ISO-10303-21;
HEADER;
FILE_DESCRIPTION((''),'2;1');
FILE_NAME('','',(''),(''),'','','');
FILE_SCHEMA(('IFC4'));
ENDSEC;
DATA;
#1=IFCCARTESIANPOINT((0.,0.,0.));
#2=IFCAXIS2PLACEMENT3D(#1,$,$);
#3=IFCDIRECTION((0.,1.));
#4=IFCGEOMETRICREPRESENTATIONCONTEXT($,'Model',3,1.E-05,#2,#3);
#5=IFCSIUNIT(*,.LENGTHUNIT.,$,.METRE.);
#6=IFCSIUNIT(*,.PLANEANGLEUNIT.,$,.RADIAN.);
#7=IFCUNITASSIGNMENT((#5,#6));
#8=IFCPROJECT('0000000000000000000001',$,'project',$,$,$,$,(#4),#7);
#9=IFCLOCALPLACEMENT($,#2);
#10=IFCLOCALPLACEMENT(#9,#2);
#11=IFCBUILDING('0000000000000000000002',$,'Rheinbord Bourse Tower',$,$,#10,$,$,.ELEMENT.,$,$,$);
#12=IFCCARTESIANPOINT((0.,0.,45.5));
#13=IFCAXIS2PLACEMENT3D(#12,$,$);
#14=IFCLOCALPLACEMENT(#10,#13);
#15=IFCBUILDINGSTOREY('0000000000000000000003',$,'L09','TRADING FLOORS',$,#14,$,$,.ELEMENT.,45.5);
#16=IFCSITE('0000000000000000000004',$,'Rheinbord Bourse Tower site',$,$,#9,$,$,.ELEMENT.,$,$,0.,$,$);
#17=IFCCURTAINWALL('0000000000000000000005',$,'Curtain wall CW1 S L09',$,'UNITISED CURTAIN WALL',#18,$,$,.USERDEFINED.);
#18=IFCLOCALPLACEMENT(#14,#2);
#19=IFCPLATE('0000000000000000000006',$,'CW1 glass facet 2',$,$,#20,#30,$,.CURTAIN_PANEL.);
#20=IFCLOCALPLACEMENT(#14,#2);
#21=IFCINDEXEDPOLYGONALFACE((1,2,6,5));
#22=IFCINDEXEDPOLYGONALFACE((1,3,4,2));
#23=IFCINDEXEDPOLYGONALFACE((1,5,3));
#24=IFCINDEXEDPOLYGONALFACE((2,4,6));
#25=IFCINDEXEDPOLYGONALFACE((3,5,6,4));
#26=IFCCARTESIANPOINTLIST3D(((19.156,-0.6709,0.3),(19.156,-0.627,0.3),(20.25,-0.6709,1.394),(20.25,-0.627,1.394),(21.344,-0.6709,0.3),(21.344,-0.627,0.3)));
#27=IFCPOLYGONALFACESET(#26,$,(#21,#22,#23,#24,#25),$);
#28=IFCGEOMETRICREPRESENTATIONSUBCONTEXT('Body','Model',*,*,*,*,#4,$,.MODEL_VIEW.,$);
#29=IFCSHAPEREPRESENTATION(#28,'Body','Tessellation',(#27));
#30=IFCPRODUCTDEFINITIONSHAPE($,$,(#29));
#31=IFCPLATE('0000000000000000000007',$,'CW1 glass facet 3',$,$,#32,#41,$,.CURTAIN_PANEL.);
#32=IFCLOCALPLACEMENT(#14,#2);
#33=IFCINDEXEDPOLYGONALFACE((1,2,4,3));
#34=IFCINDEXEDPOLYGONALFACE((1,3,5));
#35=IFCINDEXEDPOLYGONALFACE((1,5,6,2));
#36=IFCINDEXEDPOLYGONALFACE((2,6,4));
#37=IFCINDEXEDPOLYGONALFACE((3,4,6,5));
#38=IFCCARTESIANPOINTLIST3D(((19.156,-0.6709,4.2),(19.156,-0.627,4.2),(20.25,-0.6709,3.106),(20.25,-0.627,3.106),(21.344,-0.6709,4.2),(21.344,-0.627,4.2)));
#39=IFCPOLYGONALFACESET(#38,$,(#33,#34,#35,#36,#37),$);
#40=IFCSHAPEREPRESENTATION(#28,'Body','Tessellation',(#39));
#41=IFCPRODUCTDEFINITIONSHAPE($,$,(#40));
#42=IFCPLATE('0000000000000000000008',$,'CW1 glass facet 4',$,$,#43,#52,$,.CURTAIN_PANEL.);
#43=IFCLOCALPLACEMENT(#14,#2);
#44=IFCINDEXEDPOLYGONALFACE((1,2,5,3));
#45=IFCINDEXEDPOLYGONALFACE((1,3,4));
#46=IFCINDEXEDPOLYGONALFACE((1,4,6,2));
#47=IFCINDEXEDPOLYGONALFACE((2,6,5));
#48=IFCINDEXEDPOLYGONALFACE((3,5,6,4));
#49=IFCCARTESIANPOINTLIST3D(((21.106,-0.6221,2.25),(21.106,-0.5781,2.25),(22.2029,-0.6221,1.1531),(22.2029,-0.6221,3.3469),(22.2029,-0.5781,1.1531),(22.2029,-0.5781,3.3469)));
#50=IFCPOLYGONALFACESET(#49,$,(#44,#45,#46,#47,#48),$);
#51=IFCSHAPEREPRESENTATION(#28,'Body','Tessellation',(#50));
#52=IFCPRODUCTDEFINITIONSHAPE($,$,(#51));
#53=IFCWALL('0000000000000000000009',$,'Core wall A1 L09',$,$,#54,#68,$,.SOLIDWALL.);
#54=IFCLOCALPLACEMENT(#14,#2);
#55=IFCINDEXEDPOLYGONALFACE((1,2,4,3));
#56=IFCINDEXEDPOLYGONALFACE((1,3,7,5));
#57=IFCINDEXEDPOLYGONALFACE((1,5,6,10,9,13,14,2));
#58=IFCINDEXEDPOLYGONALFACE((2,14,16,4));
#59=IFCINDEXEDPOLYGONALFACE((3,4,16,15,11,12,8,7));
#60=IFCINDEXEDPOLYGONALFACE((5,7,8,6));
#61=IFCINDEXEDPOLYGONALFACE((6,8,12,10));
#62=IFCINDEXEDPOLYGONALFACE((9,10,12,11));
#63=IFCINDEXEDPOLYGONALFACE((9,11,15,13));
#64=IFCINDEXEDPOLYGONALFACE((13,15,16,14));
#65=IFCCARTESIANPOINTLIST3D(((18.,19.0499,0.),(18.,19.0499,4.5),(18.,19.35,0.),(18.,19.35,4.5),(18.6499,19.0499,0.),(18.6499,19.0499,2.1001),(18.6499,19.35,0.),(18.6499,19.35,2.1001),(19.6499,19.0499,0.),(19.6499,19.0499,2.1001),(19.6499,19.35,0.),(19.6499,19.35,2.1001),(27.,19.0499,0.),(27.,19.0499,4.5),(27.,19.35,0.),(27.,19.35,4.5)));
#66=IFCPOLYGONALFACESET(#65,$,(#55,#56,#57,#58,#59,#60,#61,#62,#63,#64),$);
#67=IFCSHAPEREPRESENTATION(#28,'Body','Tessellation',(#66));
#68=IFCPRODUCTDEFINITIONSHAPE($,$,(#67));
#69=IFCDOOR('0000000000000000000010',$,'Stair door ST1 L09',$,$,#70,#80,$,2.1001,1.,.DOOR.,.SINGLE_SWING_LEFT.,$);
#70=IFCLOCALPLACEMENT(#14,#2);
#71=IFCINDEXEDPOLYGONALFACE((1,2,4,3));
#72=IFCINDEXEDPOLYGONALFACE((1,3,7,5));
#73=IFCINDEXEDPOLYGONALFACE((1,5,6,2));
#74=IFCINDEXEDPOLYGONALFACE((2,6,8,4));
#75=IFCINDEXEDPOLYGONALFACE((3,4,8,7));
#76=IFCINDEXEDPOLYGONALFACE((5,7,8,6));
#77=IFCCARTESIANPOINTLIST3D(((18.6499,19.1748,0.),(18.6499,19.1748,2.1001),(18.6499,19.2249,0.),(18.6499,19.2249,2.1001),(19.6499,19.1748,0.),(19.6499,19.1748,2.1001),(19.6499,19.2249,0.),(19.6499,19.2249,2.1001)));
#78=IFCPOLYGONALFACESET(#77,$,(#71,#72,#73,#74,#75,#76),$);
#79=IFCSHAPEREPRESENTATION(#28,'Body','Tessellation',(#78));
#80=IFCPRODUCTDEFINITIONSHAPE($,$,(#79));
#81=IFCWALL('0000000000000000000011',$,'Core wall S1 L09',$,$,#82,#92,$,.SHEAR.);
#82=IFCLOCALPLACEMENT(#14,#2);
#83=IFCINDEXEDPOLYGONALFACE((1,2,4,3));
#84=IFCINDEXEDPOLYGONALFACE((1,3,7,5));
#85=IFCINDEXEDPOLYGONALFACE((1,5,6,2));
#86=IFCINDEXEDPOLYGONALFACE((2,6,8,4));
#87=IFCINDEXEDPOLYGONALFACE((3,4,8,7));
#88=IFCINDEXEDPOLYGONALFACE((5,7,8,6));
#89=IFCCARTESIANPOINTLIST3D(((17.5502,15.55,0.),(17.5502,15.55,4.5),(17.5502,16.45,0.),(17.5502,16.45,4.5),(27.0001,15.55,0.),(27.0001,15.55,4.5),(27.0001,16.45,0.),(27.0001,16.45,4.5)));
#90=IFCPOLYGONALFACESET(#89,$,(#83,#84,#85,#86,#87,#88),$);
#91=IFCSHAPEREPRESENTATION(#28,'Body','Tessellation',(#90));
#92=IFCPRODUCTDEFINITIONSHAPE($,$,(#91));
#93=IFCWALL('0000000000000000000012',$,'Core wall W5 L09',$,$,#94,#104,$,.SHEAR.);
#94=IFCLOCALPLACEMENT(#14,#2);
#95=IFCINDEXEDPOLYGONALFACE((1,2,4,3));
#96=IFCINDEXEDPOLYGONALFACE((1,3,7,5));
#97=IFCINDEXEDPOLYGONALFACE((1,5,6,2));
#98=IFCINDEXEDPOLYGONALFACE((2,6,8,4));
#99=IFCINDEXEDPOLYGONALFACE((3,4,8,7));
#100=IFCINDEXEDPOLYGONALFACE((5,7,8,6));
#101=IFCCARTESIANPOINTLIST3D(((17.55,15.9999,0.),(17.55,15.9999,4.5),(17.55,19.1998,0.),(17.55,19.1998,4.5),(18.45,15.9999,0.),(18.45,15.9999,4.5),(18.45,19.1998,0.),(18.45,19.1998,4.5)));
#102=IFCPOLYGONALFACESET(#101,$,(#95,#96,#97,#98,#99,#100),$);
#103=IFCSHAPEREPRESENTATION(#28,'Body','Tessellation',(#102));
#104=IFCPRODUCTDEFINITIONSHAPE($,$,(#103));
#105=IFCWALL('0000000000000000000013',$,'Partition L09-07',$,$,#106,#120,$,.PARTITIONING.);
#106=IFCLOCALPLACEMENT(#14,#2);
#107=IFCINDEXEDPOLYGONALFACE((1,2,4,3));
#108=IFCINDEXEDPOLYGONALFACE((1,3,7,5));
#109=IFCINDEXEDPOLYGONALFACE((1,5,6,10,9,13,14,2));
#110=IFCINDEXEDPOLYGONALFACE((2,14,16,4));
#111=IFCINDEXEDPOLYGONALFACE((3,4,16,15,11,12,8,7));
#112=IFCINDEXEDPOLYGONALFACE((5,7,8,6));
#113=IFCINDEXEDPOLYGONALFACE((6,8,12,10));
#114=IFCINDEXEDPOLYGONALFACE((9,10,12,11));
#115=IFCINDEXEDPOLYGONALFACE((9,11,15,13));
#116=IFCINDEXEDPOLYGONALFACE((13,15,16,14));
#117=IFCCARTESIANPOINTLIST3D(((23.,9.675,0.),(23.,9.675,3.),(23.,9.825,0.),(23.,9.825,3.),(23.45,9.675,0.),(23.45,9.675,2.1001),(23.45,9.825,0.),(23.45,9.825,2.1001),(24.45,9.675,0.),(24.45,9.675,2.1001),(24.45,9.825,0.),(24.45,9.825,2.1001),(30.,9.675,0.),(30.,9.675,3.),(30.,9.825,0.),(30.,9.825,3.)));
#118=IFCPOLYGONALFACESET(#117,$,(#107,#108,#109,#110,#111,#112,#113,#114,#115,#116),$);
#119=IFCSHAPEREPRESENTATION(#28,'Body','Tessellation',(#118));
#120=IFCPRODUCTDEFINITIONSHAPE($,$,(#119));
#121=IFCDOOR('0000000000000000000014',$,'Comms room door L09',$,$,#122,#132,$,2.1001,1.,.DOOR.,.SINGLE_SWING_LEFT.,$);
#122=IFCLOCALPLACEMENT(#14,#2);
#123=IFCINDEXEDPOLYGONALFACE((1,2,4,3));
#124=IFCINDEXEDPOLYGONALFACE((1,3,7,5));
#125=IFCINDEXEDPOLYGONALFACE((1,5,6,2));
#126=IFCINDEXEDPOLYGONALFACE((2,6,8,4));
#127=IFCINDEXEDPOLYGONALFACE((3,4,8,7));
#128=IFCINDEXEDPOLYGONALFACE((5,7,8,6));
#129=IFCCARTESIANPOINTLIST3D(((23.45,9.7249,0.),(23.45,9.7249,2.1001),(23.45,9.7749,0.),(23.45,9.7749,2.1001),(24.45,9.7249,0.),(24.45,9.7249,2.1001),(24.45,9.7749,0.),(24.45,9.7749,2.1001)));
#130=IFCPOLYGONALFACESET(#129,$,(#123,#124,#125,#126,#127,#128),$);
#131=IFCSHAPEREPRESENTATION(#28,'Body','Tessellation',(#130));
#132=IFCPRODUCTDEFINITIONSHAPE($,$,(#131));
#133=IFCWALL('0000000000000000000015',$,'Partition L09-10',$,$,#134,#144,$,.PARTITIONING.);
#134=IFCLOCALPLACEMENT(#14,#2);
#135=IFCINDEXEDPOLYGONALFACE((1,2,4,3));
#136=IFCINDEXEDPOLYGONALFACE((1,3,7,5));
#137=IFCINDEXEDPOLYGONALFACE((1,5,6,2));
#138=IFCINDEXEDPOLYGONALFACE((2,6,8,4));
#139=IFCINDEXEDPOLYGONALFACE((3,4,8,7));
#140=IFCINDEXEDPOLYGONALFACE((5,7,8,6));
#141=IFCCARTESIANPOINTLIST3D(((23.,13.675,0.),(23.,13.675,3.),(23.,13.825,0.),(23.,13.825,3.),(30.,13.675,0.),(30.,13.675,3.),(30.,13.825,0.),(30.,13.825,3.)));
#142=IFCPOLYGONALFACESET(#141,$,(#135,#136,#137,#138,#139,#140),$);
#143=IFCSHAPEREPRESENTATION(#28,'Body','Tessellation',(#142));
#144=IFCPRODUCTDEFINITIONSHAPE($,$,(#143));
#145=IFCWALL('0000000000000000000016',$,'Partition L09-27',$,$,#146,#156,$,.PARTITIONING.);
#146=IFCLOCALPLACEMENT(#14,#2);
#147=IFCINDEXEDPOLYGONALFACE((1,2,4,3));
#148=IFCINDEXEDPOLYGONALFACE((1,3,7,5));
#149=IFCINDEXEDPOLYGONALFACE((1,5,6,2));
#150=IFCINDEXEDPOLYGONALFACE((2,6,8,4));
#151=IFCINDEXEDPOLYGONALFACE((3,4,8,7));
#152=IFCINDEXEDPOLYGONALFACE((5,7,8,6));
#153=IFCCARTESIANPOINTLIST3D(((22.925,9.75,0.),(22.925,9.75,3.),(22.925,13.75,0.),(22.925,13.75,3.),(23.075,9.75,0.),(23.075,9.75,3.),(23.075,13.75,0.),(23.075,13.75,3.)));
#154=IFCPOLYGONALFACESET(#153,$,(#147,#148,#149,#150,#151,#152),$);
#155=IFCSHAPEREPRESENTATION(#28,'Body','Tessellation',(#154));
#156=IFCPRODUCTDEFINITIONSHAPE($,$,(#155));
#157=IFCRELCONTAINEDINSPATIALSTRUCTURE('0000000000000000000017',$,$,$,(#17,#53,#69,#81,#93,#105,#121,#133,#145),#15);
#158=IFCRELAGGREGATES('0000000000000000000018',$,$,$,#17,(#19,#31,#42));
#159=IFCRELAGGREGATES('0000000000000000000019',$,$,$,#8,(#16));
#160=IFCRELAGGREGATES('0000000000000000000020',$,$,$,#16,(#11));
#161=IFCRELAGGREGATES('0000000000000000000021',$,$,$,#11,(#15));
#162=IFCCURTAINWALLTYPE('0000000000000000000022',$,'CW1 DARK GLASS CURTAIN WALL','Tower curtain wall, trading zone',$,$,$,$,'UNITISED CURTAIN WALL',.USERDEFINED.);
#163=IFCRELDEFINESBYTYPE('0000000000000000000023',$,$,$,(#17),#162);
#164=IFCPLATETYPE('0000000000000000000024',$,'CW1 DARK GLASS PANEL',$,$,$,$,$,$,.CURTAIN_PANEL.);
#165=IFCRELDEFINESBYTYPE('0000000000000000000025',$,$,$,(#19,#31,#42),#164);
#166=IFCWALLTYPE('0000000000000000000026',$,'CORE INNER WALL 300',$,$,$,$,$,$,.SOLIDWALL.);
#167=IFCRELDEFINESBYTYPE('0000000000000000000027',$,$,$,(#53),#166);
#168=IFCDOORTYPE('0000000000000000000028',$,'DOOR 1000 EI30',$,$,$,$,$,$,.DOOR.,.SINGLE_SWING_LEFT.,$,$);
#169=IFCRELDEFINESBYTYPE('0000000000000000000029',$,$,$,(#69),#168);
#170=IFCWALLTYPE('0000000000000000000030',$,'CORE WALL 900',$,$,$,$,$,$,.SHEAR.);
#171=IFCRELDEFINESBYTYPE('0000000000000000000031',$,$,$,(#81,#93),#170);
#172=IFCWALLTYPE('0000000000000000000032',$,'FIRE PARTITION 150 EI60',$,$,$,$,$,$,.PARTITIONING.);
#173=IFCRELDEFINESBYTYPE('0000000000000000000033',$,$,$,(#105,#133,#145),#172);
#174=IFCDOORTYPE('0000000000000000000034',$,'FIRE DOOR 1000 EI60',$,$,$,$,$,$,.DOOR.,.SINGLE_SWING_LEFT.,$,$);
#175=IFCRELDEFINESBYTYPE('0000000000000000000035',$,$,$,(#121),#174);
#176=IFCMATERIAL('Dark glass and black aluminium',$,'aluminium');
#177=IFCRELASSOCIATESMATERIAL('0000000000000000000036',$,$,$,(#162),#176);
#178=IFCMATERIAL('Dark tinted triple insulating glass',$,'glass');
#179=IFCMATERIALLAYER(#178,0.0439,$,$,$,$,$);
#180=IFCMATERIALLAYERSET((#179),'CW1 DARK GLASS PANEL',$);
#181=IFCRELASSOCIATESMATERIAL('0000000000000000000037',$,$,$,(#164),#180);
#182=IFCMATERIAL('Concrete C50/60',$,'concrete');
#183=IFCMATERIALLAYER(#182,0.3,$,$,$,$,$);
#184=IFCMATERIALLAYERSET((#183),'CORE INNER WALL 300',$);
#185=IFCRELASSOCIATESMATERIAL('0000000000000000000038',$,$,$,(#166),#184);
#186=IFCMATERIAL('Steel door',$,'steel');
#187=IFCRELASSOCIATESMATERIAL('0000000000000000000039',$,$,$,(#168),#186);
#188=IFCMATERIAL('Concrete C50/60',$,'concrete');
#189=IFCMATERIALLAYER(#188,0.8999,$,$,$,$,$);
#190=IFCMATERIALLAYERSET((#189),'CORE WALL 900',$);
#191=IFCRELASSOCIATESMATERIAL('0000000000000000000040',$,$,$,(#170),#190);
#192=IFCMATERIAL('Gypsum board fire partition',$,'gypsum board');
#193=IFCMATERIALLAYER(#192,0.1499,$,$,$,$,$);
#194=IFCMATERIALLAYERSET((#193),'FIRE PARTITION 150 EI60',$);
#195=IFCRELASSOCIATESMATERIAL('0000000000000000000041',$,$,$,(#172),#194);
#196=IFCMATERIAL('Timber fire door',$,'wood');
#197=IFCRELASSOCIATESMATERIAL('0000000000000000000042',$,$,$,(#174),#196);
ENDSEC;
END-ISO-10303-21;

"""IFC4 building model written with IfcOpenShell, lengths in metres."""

from ifc_helpers import new_model, si_unit, direction, frame, frame_2d, origin, place, context, subcontext, project, spatial, polyline, rectangle, outline, extrude, material, layer, layer_set, type_object, element, fill, aggregate, save


model = new_model("IFC4")

# Units and contexts
model_context = context("Model", 3, precision=1e-05, world=origin(), true_north=direction((0.0, 1.0)))
body_context = subcontext(model_context, "Body", "Model", "MODEL_VIEW")
ifc_project = project(units=[si_unit("LENGTHUNIT", "METRE"), si_unit("PLANEANGLEUNIT", "RADIAN")], contexts=[model_context])

# Site, building, storey
site_placement = place(None, origin())
site = spatial("IfcSite", under=ifc_project, at=site_placement, Name="Rheinbord Bourse Tower site", CompositionType="ELEMENT", RefElevation=0.0)
building_placement = place(site_placement, origin())
building = spatial("IfcBuilding", under=site, at=building_placement, Name="Rheinbord Bourse Tower", CompositionType="ELEMENT")
storey_placement = place(building_placement, frame((0.0, 0.0, 45.5)))
storey = spatial("IfcBuildingStorey", under=building, at=storey_placement, Name="L09", Description="TRADING FLOORS", CompositionType="ELEMENT", Elevation=45.5)

# Curtain wall
ifc_material_1 = material(Name="Dark glass and black aluminium", Category="aluminium")
curtain_wall_type = type_object("IfcCurtainWallType", Name="CW1 DARK GLASS CURTAIN WALL", Description="Tower curtain wall, trading zone", ElementType="UNITISED CURTAIN WALL", PredefinedType="USERDEFINED", material=ifc_material_1)
curtain_wall_placement = place(storey_placement, origin())
curtain_wall = element("IfcCurtainWall", 1, at=curtain_wall_placement, inside=storey, type_object=curtain_wall_type, Name="Curtain wall CW1 S L09", ObjectType="UNITISED CURTAIN WALL", PredefinedType="USERDEFINED")

# Plates
ifc_material_2 = material(Name="Dark tinted triple insulating glass", Category="glass")
ifc_layer_1 = layer(ifc_material_2, 0.0439)
ifc_layer_set_1 = layer_set([ifc_layer_1], Name="CW1 DARK GLASS PANEL")
plate_type = type_object("IfcPlateType", Name="CW1 DARK GLASS PANEL", PredefinedType="CURTAIN_PANEL", material=ifc_layer_set_1)
plate_1_placement = place(storey_placement, frame((19.156, -0.6709, 0.3), z_axis=(0.0, 1.0, 0.0), x_axis=(0.707107, 0.0, 0.707107)))
plate_1 = element("IfcPlate", 2, at=plate_1_placement, type_object=plate_type, Name="CW1 glass facet 2", PredefinedType="CURTAIN_PANEL", context=body_context, shape_type="SweptSolid", body=[
    extrude(outline(polyline([(0.0, 0.0), (1.5471, 0.0), (1.5471, 1.5471), (0.0, 0.0)])), origin(), (0.0, 0.0, 1.0), 0.0439),
])
plate_2_placement = place(storey_placement, frame((21.344, -0.6709, 4.2), z_axis=(0.0, 1.0, 0.0), x_axis=(-0.707107, 0.0, -0.707107)))
plate_2 = element("IfcPlate", 3, at=plate_2_placement, type_object=plate_type, Name="CW1 glass facet 3", PredefinedType="CURTAIN_PANEL", context=body_context, shape_type="SweptSolid", body=[
    extrude(outline(polyline([(0.0, 0.0), (1.5471, 0.0), (1.5471, 1.5471), (0.0, 0.0)])), origin(), (0.0, 0.0, 1.0), 0.0439),
])
plate_3_placement = place(storey_placement, frame((22.2029, -0.6221, 1.1531), z_axis=(0.0, 1.0, 0.0), x_axis=(-0.707107, 0.0, 0.707107)))
plate_3 = element("IfcPlate", 4, at=plate_3_placement, type_object=plate_type, Name="CW1 glass facet 4", PredefinedType="CURTAIN_PANEL", context=body_context, shape_type="SweptSolid", body=[
    extrude(outline(polyline([(0.0, 0.0), (1.5513, 0.0), (1.5513, 1.5513), (0.0, 0.0)])), origin(), (0.0, 0.0, 1.0), 0.0439),
])
aggregate(curtain_wall, [plate_1, plate_2, plate_3])

# Wall, opening, door
ifc_material_3 = material(Name="Concrete C50/60", Category="concrete")
ifc_layer_2 = layer(ifc_material_3, 0.3)
ifc_layer_set_2 = layer_set([ifc_layer_2], Name="CORE INNER WALL 300")
wall_type_1 = type_object("IfcWallType", Name="CORE INNER WALL 300", PredefinedType="SOLIDWALL", material=ifc_layer_set_2)
wall_1_placement = place(storey_placement, frame((18.0, 19.2, 0.0), z_axis=(0.0, 0.0, 1.0), x_axis=(1.0, 0.0, 0.0)))
wall_1 = element("IfcWall", 5, at=wall_1_placement, inside=storey, type_object=wall_type_1, Name="Core wall A1 L09", PredefinedType="SOLIDWALL", context=body_context, shape_type="SweptSolid", body=[
    extrude(rectangle(XDim=9.0, YDim=0.3, at=frame_2d((4.5, 0.0))), origin(), (0.0, 0.0, 1.0), 4.5),
])
opening_1_placement = place(wall_1_placement, frame((0.6499, 0.0, 0.0)))
opening_1 = element("IfcOpeningElement", 6, at=opening_1_placement, cuts=wall_1, PredefinedType="OPENING", context=body_context, shape_type="SweptSolid", body=[
    extrude(rectangle(XDim=1.0, YDim=2.1001, at=frame_2d((0.5, 1.05))), frame((0.0, 0.1599, 0.0), z_axis=(0.0, -1.0, 0.0), x_axis=(1.0, 0.0, 0.0)), (0.0, 0.0, 1.0), 0.3201),
])
ifc_material_4 = material(Name="Steel door", Category="steel")
door_type_1 = type_object("IfcDoorType", Name="DOOR 1000 EI30", OperationType="SINGLE_SWING_LEFT", PredefinedType="DOOR", material=ifc_material_4)
door_1_placement = place(opening_1_placement, origin())
door_1 = element("IfcDoor", 7, at=door_1_placement, inside=storey, type_object=door_type_1, Name="Stair door ST1 L09", OperationType="SINGLE_SWING_LEFT", OverallHeight=2.1001, OverallWidth=1.0, PredefinedType="DOOR", context=body_context, shape_type="SweptSolid", body=[
    extrude(rectangle(XDim=1.0, YDim=2.1001, at=frame_2d((0.5, 1.05))), frame((0.0, 0.0249, 0.0), z_axis=(0.0, -1.0, 0.0), x_axis=(1.0, 0.0, 0.0)), (0.0, 0.0, 1.0), 0.05),
])
fill(opening_1, door_1)

# Walls
ifc_material_5 = material(Name="Concrete C50/60", Category="concrete")
ifc_layer_3 = layer(ifc_material_5, 0.8999)
ifc_layer_set_3 = layer_set([ifc_layer_3], Name="CORE WALL 900")
wall_type_2 = type_object("IfcWallType", Name="CORE WALL 900", PredefinedType="SHEAR", material=ifc_layer_set_3)
wall_2_placement = place(storey_placement, frame((17.55, 16.0, 0.0), z_axis=(0.0, 0.0, 1.0), x_axis=(1.0, 0.0, 0.0)))
element("IfcWall", 8, at=wall_2_placement, inside=storey, type_object=wall_type_2, Name="Core wall S1 L09", PredefinedType="SHEAR", context=body_context, shape_type="SweptSolid", body=[
    extrude(rectangle(XDim=9.45, YDim=0.8999, at=frame_2d((4.7251, 0.0))), origin(), (0.0, 0.0, 1.0), 4.5),
])
wall_3_placement = place(storey_placement, frame((18.0, 19.2, 0.0), z_axis=(0.0, 0.0, 1.0), x_axis=(0.0, -1.0, 0.0)))
element("IfcWall", 9, at=wall_3_placement, inside=storey, type_object=wall_type_2, Name="Core wall W5 L09", PredefinedType="SHEAR", context=body_context, shape_type="SweptSolid", body=[
    extrude(rectangle(XDim=3.2, YDim=0.8999, at=frame_2d((1.6001, 0.0))), origin(), (0.0, 0.0, 1.0), 4.5),
])

# Wall, opening, door
ifc_material_6 = material(Name="Gypsum board fire partition", Category="gypsum board")
ifc_layer_4 = layer(ifc_material_6, 0.1499)
ifc_layer_set_4 = layer_set([ifc_layer_4], Name="FIRE PARTITION 150 EI60")
wall_type_3 = type_object("IfcWallType", Name="FIRE PARTITION 150 EI60", PredefinedType="PARTITIONING", material=ifc_layer_set_4)
wall_4_placement = place(storey_placement, frame((23.0, 9.75, 0.0), z_axis=(0.0, 0.0, 1.0), x_axis=(1.0, 0.0, 0.0)))
wall_4 = element("IfcWall", 10, at=wall_4_placement, inside=storey, type_object=wall_type_3, Name="Partition L09-07", PredefinedType="PARTITIONING", context=body_context, shape_type="SweptSolid", body=[
    extrude(rectangle(XDim=7.0, YDim=0.1499, at=frame_2d((3.5, 0.0))), origin(), (0.0, 0.0, 1.0), 3.0),
])
opening_2_placement = place(wall_4_placement, frame((0.45, 0.0, 0.0)))
opening_2 = element("IfcOpeningElement", 11, at=opening_2_placement, cuts=wall_4, PredefinedType="OPENING", context=body_context, shape_type="SweptSolid", body=[
    extrude(rectangle(XDim=1.0, YDim=2.1001, at=frame_2d((0.5, 1.05))), frame((0.0, 0.085, 0.0), z_axis=(0.0, -1.0, 0.0), x_axis=(1.0, 0.0, 0.0)), (0.0, 0.0, 1.0), 0.1699),
])
ifc_material_7 = material(Name="Timber fire door", Category="wood")
door_type_2 = type_object("IfcDoorType", Name="FIRE DOOR 1000 EI60", OperationType="SINGLE_SWING_LEFT", PredefinedType="DOOR", material=ifc_material_7)
door_2_placement = place(opening_2_placement, origin())
door_2 = element("IfcDoor", 12, at=door_2_placement, inside=storey, type_object=door_type_2, Name="Comms room door L09", OperationType="SINGLE_SWING_LEFT", OverallHeight=2.1001, OverallWidth=1.0, PredefinedType="DOOR", context=body_context, shape_type="SweptSolid", body=[
    extrude(rectangle(XDim=1.0, YDim=2.1001, at=frame_2d((0.5, 1.05))), frame((0.0, 0.0249, 0.0), z_axis=(0.0, -1.0, 0.0), x_axis=(1.0, 0.0, 0.0)), (0.0, 0.0, 1.0), 0.05),
])
fill(opening_2, door_2)

# Walls
wall_5_placement = place(storey_placement, frame((23.0, 13.75, 0.0), z_axis=(0.0, 0.0, 1.0), x_axis=(1.0, 0.0, 0.0)))
element("IfcWall", 13, at=wall_5_placement, inside=storey, type_object=wall_type_3, Name="Partition L09-10", PredefinedType="PARTITIONING", context=body_context, shape_type="SweptSolid", body=[
    extrude(rectangle(XDim=7.0, YDim=0.1499, at=frame_2d((3.5, 0.0))), origin(), (0.0, 0.0, 1.0), 3.0),
])
wall_6_placement = place(storey_placement, frame((23.0, 9.75, 0.0), z_axis=(0.0, 0.0, 1.0), x_axis=(0.0, 1.0, 0.0)))
element("IfcWall", 14, at=wall_6_placement, inside=storey, type_object=wall_type_3, Name="Partition L09-27", PredefinedType="PARTITIONING", context=body_context, shape_type="SweptSolid", body=[
    extrude(rectangle(XDim=4.0, YDim=0.1499, at=frame_2d((2.0, 0.0))), origin(), (0.0, 0.0, 1.0), 3.0),
])

save(model, "model.ifc")
